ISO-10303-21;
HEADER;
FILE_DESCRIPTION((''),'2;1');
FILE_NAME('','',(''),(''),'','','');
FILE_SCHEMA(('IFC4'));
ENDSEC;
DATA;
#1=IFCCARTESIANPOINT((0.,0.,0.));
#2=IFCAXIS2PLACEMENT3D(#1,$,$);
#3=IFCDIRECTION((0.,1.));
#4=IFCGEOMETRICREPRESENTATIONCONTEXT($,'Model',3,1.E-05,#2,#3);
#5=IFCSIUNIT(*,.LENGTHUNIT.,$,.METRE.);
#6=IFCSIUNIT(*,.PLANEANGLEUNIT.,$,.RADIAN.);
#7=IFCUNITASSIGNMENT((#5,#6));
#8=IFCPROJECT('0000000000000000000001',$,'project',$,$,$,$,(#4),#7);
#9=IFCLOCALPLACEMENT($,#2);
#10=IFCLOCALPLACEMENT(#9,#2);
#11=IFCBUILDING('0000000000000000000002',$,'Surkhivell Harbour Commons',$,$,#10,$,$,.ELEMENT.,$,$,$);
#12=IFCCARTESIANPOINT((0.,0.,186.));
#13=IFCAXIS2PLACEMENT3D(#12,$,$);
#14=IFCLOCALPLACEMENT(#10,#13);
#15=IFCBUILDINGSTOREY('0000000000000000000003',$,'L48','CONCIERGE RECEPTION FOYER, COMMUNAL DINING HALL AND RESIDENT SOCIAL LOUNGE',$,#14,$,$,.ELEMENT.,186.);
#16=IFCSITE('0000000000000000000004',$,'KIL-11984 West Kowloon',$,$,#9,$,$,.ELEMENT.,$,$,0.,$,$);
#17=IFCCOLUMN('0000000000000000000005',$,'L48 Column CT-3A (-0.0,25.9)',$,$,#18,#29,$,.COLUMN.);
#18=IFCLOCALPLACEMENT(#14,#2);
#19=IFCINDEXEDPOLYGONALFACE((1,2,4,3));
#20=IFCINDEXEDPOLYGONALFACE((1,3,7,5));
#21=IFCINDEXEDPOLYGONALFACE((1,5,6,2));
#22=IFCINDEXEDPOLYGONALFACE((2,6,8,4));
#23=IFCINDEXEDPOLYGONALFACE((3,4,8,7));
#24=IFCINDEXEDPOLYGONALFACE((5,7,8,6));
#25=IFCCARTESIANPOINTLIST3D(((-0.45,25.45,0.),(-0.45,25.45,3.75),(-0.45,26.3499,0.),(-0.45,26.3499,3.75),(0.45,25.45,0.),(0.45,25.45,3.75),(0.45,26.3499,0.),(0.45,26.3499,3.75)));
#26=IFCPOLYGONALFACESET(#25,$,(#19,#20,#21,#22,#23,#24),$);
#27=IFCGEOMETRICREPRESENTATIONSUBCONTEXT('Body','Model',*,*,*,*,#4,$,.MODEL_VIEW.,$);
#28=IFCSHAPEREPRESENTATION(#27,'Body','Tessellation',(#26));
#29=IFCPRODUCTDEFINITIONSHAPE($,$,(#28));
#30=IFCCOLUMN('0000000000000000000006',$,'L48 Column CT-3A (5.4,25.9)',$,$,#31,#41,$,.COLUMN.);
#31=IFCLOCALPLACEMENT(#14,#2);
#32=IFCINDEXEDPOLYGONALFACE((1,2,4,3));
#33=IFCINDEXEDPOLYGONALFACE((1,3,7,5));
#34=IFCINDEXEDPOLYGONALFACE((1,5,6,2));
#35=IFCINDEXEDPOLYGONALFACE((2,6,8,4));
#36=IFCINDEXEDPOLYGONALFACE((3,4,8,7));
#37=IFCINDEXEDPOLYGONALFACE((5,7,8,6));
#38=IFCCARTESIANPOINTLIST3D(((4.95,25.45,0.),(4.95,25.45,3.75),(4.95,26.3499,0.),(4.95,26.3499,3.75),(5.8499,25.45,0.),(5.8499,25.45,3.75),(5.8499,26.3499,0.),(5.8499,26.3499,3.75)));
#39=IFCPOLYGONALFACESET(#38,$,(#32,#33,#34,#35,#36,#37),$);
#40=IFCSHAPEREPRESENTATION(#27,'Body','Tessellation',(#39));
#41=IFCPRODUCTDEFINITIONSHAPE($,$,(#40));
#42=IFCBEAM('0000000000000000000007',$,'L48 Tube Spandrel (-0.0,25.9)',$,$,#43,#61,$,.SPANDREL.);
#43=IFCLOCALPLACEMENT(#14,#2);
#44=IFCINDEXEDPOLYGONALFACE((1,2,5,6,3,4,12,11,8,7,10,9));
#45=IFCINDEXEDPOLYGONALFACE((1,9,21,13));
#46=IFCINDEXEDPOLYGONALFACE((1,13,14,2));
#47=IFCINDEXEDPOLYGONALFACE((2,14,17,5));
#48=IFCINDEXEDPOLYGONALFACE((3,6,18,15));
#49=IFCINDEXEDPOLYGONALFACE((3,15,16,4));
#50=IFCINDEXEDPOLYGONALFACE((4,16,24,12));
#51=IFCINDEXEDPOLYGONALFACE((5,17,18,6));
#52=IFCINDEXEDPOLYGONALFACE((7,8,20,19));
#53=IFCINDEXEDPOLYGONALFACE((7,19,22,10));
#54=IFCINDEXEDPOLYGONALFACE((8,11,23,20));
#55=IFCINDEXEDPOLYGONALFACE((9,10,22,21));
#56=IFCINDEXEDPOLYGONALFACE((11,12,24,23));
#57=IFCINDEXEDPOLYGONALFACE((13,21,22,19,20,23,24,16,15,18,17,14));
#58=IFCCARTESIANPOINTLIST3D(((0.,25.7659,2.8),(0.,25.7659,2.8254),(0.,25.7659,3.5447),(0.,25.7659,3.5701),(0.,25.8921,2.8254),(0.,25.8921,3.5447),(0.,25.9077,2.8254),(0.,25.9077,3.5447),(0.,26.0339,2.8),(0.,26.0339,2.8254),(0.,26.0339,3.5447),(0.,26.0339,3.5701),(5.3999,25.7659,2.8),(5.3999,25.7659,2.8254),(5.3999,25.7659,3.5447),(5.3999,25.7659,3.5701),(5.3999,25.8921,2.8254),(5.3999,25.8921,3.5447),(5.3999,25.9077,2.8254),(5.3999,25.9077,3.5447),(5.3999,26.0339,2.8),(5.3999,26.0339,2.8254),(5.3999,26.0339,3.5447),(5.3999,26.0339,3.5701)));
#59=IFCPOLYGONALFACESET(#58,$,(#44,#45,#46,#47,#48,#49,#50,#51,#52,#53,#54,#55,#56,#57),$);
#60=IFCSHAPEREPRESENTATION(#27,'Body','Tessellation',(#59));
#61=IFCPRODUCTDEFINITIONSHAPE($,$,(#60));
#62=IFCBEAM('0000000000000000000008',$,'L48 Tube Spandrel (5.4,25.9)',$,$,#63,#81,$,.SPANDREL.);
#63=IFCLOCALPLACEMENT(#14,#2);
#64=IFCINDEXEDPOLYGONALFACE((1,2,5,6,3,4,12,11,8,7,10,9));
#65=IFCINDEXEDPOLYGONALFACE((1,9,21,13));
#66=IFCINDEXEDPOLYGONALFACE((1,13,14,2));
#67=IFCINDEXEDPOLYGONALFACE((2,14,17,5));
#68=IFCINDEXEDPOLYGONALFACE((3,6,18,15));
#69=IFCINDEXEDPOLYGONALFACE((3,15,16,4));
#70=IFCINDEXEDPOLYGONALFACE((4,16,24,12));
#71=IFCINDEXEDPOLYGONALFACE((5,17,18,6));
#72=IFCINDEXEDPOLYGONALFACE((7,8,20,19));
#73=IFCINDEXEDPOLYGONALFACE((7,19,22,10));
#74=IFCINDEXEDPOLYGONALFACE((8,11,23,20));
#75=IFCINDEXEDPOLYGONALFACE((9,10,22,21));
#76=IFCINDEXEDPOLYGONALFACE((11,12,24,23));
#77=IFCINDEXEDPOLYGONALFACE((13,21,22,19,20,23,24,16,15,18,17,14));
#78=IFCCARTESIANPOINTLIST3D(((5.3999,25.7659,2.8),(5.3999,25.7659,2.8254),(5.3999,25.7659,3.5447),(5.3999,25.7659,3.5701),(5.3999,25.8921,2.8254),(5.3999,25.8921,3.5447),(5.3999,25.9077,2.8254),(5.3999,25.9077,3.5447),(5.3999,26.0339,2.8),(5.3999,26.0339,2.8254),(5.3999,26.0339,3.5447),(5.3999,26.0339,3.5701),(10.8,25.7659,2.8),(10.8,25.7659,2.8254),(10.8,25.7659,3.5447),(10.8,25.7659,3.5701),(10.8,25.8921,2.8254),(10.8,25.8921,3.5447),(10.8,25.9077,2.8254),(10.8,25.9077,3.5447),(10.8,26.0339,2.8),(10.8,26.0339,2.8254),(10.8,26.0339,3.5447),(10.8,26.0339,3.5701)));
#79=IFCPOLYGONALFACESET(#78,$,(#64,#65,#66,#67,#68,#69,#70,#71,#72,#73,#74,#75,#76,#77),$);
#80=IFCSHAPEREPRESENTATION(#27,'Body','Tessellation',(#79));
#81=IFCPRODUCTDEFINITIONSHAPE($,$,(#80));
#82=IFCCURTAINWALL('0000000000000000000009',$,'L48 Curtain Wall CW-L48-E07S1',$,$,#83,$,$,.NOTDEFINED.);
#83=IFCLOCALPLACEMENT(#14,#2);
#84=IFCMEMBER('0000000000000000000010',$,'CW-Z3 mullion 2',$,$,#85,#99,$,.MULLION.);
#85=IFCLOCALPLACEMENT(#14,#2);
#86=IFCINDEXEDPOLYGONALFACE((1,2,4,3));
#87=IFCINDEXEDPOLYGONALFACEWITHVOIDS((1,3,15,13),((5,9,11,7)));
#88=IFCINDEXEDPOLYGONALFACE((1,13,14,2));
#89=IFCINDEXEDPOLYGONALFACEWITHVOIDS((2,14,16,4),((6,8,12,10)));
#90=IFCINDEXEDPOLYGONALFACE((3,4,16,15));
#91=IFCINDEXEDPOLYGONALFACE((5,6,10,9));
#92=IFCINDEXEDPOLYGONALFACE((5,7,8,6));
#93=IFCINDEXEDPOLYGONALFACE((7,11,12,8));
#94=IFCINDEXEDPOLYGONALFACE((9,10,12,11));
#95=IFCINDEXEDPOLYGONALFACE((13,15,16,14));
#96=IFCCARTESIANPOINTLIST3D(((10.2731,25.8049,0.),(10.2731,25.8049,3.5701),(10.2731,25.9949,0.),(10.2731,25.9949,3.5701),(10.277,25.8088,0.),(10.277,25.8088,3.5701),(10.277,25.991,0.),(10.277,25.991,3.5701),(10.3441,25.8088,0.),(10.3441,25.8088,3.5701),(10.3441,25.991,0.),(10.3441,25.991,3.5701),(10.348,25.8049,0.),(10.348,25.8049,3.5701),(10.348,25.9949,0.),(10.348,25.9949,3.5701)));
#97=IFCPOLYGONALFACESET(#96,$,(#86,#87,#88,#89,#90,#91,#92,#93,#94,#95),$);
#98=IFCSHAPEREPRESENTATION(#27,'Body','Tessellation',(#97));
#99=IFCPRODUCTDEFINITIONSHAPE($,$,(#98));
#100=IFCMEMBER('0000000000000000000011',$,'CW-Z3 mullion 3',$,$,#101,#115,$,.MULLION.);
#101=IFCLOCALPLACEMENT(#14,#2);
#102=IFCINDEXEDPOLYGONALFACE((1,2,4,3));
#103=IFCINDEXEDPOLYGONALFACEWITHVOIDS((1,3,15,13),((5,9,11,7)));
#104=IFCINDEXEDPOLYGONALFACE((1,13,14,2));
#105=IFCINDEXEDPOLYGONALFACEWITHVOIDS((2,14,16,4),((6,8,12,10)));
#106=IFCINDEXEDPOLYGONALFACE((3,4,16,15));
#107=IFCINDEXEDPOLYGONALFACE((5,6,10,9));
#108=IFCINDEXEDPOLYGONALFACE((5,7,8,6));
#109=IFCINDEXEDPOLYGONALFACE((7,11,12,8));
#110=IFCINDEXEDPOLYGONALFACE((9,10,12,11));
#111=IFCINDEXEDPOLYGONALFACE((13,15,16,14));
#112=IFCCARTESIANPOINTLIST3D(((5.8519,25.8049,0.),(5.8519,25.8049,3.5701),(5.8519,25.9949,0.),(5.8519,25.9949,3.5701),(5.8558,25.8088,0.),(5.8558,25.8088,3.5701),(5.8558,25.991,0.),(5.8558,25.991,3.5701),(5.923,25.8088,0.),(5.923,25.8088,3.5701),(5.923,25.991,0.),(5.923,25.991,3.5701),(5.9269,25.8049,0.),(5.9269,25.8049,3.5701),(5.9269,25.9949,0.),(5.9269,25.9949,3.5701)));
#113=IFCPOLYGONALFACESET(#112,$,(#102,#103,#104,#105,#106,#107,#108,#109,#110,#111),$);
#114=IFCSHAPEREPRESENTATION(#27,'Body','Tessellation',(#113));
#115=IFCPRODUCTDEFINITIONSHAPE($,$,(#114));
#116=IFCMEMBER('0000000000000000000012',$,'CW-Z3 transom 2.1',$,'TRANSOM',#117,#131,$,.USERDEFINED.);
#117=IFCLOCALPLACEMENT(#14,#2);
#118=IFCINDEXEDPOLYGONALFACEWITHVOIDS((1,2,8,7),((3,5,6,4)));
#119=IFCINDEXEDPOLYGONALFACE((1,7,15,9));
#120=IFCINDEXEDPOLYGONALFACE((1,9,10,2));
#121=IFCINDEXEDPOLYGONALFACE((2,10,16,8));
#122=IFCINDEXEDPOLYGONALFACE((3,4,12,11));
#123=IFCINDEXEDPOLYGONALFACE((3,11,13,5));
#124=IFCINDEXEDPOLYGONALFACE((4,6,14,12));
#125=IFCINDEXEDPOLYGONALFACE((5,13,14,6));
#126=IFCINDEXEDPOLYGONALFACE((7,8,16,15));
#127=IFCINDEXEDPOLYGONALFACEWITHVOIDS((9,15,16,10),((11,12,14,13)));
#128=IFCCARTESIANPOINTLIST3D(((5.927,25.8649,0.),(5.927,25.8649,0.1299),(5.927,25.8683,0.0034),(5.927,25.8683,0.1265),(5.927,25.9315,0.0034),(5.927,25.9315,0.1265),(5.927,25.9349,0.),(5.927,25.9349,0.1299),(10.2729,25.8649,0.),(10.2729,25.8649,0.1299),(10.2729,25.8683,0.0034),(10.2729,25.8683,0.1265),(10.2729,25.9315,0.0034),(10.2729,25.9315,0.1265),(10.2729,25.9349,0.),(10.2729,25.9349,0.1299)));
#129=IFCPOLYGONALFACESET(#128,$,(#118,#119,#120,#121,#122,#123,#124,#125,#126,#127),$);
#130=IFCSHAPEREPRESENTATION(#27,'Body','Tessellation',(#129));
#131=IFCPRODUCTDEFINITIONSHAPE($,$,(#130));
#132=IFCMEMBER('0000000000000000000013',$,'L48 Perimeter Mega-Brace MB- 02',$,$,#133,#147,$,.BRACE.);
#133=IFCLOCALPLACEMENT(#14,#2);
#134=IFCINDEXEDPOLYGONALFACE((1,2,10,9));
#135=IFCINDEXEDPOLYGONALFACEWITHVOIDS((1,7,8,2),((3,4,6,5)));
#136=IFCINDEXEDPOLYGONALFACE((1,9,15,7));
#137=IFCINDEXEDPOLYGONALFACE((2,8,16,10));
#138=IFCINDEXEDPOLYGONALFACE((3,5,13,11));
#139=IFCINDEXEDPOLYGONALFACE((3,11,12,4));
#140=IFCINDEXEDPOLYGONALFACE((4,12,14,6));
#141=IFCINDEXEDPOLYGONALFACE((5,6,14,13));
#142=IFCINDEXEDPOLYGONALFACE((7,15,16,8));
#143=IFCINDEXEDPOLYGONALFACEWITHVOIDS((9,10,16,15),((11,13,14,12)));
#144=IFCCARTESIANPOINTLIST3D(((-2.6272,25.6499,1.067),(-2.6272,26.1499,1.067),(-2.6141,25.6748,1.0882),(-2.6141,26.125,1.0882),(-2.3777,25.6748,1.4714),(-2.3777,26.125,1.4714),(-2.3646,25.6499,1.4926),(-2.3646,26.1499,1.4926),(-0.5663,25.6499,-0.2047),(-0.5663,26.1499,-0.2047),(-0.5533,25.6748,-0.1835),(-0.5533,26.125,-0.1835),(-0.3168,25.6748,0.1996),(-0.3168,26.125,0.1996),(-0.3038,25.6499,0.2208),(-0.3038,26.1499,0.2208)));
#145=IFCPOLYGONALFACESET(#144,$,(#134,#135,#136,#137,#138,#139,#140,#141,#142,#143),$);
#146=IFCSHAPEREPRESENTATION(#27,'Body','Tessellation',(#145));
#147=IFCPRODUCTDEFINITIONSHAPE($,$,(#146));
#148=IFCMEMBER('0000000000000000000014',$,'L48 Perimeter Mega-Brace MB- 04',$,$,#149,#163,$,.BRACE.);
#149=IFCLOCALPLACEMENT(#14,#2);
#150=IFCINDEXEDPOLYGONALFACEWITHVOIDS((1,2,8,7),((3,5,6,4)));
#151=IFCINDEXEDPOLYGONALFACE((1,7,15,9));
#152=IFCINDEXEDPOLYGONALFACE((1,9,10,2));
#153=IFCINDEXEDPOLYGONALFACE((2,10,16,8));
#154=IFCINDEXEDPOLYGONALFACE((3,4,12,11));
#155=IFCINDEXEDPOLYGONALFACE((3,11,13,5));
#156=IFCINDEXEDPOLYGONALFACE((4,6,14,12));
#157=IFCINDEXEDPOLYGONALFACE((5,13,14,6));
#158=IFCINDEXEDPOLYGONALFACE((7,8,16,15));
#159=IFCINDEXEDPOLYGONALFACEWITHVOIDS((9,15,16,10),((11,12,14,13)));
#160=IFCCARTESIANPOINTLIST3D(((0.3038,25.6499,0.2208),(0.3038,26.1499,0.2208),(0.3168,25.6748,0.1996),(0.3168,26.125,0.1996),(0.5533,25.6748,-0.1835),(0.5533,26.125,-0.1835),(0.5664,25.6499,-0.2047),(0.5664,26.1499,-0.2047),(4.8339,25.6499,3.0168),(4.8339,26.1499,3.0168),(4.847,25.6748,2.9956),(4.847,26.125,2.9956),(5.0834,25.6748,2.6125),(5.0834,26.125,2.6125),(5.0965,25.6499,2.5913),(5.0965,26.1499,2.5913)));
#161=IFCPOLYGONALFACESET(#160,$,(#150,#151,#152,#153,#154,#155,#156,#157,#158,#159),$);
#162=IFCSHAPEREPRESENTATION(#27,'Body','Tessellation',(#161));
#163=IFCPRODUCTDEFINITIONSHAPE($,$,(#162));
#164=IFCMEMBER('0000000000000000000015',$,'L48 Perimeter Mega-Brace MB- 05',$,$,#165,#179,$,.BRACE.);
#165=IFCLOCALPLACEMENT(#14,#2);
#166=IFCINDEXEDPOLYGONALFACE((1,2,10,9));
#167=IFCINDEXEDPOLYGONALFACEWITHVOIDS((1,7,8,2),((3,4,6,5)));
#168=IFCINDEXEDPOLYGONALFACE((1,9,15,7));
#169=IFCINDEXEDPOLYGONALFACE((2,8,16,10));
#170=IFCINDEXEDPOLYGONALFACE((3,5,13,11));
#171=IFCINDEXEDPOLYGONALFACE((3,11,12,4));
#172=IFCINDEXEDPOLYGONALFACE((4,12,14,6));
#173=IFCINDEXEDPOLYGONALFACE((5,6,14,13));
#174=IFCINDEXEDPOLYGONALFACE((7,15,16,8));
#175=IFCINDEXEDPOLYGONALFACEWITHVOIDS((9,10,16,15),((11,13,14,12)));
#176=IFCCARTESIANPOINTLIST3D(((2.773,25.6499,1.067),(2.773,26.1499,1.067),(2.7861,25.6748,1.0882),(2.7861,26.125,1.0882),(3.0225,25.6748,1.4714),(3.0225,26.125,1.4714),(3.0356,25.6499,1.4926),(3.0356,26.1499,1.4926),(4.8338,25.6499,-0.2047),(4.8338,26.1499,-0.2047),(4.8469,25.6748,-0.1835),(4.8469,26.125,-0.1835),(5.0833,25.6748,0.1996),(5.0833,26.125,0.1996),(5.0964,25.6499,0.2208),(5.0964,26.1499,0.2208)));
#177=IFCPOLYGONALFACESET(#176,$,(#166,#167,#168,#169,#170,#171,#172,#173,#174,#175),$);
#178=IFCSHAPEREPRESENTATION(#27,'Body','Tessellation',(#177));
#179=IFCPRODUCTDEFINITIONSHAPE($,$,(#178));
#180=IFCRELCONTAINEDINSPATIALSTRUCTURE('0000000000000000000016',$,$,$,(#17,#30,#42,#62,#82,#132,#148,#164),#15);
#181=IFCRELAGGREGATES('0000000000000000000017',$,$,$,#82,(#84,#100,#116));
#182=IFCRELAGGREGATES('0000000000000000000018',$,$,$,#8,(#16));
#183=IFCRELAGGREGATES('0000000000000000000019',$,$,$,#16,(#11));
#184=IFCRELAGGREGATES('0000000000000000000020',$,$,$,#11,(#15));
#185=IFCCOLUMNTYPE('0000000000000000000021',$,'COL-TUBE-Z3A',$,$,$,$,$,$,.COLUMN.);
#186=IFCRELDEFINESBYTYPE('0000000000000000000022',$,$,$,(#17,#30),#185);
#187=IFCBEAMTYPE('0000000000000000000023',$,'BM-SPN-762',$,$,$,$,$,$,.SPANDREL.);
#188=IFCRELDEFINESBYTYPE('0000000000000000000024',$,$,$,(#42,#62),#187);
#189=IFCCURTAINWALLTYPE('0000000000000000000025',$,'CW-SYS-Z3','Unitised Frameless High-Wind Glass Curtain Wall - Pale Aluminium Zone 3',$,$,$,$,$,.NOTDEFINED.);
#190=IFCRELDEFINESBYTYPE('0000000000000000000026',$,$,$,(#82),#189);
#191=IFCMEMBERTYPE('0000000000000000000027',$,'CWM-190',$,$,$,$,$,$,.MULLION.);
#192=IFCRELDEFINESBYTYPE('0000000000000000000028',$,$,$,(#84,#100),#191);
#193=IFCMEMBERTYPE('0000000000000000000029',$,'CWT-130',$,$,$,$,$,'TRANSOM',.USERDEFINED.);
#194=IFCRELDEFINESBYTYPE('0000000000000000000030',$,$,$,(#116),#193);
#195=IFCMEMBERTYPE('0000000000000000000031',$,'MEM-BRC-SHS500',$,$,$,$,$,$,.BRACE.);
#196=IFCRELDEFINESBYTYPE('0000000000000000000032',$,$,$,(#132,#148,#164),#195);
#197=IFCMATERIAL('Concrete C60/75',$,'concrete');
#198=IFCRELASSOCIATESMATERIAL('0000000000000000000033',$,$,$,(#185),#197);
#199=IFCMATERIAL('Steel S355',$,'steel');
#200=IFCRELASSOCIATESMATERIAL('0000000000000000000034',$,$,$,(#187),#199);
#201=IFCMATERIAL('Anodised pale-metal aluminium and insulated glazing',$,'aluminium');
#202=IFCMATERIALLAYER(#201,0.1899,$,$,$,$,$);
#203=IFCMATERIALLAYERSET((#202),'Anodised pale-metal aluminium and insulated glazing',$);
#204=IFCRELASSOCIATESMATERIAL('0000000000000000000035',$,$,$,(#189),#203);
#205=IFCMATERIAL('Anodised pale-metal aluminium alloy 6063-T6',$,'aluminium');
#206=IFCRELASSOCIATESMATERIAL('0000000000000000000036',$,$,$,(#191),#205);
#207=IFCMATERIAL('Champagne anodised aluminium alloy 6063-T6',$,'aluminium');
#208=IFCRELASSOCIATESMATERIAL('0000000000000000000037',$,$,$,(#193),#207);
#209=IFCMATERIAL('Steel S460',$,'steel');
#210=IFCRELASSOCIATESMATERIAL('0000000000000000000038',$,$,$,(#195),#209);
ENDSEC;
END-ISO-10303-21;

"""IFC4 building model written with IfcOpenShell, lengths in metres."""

from ifc_helpers import new_model, si_unit, direction, frame, origin, origin_2d, place, context, subcontext, project, spatial, rectangle, hollow_rectangle, i_section, extrude, material, layer, layer_set, material_profile, profile_set, type_object, element, aggregate, save


model = new_model("IFC4")

# Units and contexts
model_context = context("Model", 3, precision=1e-05, world=origin(), true_north=direction((0.0, 1.0)))
body_context = subcontext(model_context, "Body", "Model", "MODEL_VIEW")
ifc_project = project(units=[si_unit("LENGTHUNIT", "METRE"), si_unit("PLANEANGLEUNIT", "RADIAN")], contexts=[model_context])

# Site, building, storey
site_placement = place(None, origin())
site = spatial("IfcSite", under=ifc_project, at=site_placement, Name="KIL-11984 West Kowloon", CompositionType="ELEMENT", RefElevation=0.0)
building_placement = place(site_placement, origin())
building = spatial("IfcBuilding", under=site, at=building_placement, Name="Surkhivell Harbour Commons", CompositionType="ELEMENT")
storey_placement = place(building_placement, frame((0.0, 0.0, 186.0)))
storey = spatial("IfcBuildingStorey", under=building, at=storey_placement, Name="L48", Description="CONCIERGE RECEPTION FOYER, COMMUNAL DINING HALL AND RESIDENT SOCIAL LOUNGE", CompositionType="ELEMENT", Elevation=186.0)

# Columns
ifc_material_1 = material(Name="Concrete C60/75", Category="concrete")
ifc_material_profile_1 = material_profile(ifc_material_1, rectangle(XDim=0.8999, YDim=0.8999, at=origin_2d()), Name="RC-COL-900x900")
ifc_profile_set_1 = profile_set([ifc_material_profile_1], Name="Concrete C60/75")
column_type = type_object("IfcColumnType", Name="COL-TUBE-Z3A", PredefinedType="COLUMN", material=ifc_profile_set_1)
for number, where, z_axis, x_axis, name in (
    (1, (0.0, 25.8999, 0.0), (0.0, 0.0, 1.0), (1.0, 0.0, 0.0), "L48 Column CT-3A (-0.0,25.9)"),
    (2, (5.3999, 25.8999, 0.0), (0.0, 0.0, 1.0), (1.0, 0.0, 0.0), "L48 Column CT-3A (5.4,25.9)"),
):
    element("IfcColumn", number, at=place(storey_placement, frame(where, z_axis=z_axis, x_axis=x_axis)), inside=storey, type_object=column_type, Name=name, PredefinedType="COLUMN", context=body_context, shape_type="SweptSolid", body=[
        extrude(rectangle(XDim=0.8999, YDim=0.8999, at=origin_2d()), origin(), (0.0, 0.0, 1.0), 3.75),
    ])

# Beams
ifc_material_2 = material(Name="Steel S355", Category="steel")
ifc_material_profile_2 = material_profile(ifc_material_2, i_section(OverallWidth=0.2681, OverallDepth=0.77, WebThickness=0.0156, FlangeThickness=0.0254, at=origin_2d()), Name="UB762x267x197")
ifc_profile_set_2 = profile_set([ifc_material_profile_2], Name="Steel S355")
beam_type = type_object("IfcBeamType", Name="BM-SPN-762", PredefinedType="SPANDREL", material=ifc_profile_set_2)
beam_1_placement = place(storey_placement, frame((0.0, 25.8999, 3.1851), z_axis=(1.0, 0.0, 0.0), x_axis=(0.0, 1.0, 0.0)))
element("IfcBeam", 3, at=beam_1_placement, inside=storey, type_object=beam_type, Name="L48 Tube Spandrel (-0.0,25.9)", PredefinedType="SPANDREL", context=body_context, shape_type="SweptSolid", body=[
    extrude(i_section(OverallWidth=0.2681, OverallDepth=0.77, WebThickness=0.0156, FlangeThickness=0.0254, at=origin_2d()), origin(), (0.0, 0.0, 1.0), 5.3999),
])
beam_2_placement = place(storey_placement, frame((5.3999, 25.8999, 3.1851), z_axis=(1.0, 0.0, 0.0), x_axis=(0.0, 1.0, 0.0)))
element("IfcBeam", 4, at=beam_2_placement, inside=storey, type_object=beam_type, Name="L48 Tube Spandrel (5.4,25.9)", PredefinedType="SPANDREL", context=body_context, shape_type="SweptSolid", body=[
    extrude(i_section(OverallWidth=0.2681, OverallDepth=0.77, WebThickness=0.0156, FlangeThickness=0.0254, at=origin_2d()), origin(), (0.0, 0.0, 1.0), 5.4001),
])

# Curtain wall, members
ifc_material_3 = material(Name="Anodised pale-metal aluminium and insulated glazing", Category="aluminium")
ifc_layer_1 = layer(ifc_material_3, 0.1899)
ifc_layer_set_1 = layer_set([ifc_layer_1], Name="Anodised pale-metal aluminium and insulated glazing")
curtain_wall_type = type_object("IfcCurtainWallType", Name="CW-SYS-Z3", Description="Unitised Frameless High-Wind Glass Curtain Wall - Pale Aluminium Zone 3", PredefinedType="NOTDEFINED", material=ifc_layer_set_1)
curtain_wall_placement = place(storey_placement, origin())
curtain_wall = element("IfcCurtainWall", 5, at=curtain_wall_placement, inside=storey, type_object=curtain_wall_type, Name="L48 Curtain Wall CW-L48-E07S1", PredefinedType="NOTDEFINED")
ifc_material_4 = material(Name="Anodised pale-metal aluminium alloy 6063-T6", Category="aluminium")
ifc_material_profile_3 = material_profile(ifc_material_4, hollow_rectangle(XDim=0.075, YDim=0.1899, WallThickness=0.0039, at=origin_2d()), Name="ALU-MULL-75x190")
ifc_profile_set_3 = profile_set([ifc_material_profile_3], Name="Anodised pale-metal aluminium alloy 6063-T6")
member_type_1 = type_object("IfcMemberType", Name="CWM-190", PredefinedType="MULLION", material=ifc_profile_set_3)
member_1_placement = place(storey_placement, frame((10.3105, 25.8999, 0.0), z_axis=(0.0, 0.0, 1.0), x_axis=(-1.0, 0.0, 0.0)))
member_1 = element("IfcMember", 6, at=member_1_placement, type_object=member_type_1, Name="CW-Z3 mullion 2", PredefinedType="MULLION", context=body_context, shape_type="SweptSolid", body=[
    extrude(hollow_rectangle(XDim=0.075, YDim=0.1899, WallThickness=0.0039, at=origin_2d()), origin(), (0.0, 0.0, 1.0), 3.5701),
])
member_2_placement = place(storey_placement, frame((5.8894, 25.8999, 0.0), z_axis=(0.0, 0.0, 1.0), x_axis=(-1.0, 0.0, 0.0)))
member_2 = element("IfcMember", 7, at=member_2_placement, type_object=member_type_1, Name="CW-Z3 mullion 3", PredefinedType="MULLION", context=body_context, shape_type="SweptSolid", body=[
    extrude(hollow_rectangle(XDim=0.075, YDim=0.1899, WallThickness=0.0039, at=origin_2d()), origin(), (0.0, 0.0, 1.0), 3.5701),
])
ifc_material_5 = material(Name="Champagne anodised aluminium alloy 6063-T6", Category="aluminium")
ifc_material_profile_4 = material_profile(ifc_material_5, hollow_rectangle(XDim=0.0701, YDim=0.1299, WallThickness=0.0034, at=origin_2d()), Name="ALU-TRAN-70x130")
ifc_profile_set_4 = profile_set([ifc_material_profile_4], Name="Champagne anodised aluminium alloy 6063-T6")
member_type_2 = type_object("IfcMemberType", Name="CWT-130", ElementType="TRANSOM", PredefinedType="USERDEFINED", material=ifc_profile_set_4)
member_3_placement = place(storey_placement, frame((10.2729, 25.8999, 0.0649), z_axis=(-1.0, 0.0, 0.0), x_axis=(0.0, -1.0, 0.0)))
member_3 = element("IfcMember", 8, at=member_3_placement, type_object=member_type_2, Name="CW-Z3 transom 2.1", ObjectType="TRANSOM", PredefinedType="USERDEFINED", context=body_context, shape_type="SweptSolid", body=[
    extrude(hollow_rectangle(XDim=0.0701, YDim=0.1299, WallThickness=0.0034, at=origin_2d()), origin(), (0.0, 0.0, 1.0), 4.3459),
])

# Members
ifc_material_6 = material(Name="Steel S460", Category="steel")
ifc_material_profile_5 = material_profile(ifc_material_6, hollow_rectangle(XDim=0.5, YDim=0.5, WallThickness=0.0249, at=origin_2d()), Name="SHS500x500x25")
ifc_profile_set_5 = profile_set([ifc_material_profile_5], Name="Steel S460")
member_type_3 = type_object("IfcMemberType", Name="MEM-BRC-SHS500", PredefinedType="BRACE", material=ifc_profile_set_5)
member_4_placement = place(storey_placement, frame((-0.4351, 25.8999, 0.0081), z_axis=(-0.851003, 0.0, 0.52516), x_axis=(0.0, -1.0, 0.0)))
element("IfcMember", 9, at=member_4_placement, inside=storey, type_object=member_type_3, Name="L48 Perimeter Mega-Brace MB- 02", PredefinedType="BRACE", context=body_context, shape_type="SweptSolid", body=[
    extrude(hollow_rectangle(XDim=0.5, YDim=0.5, WallThickness=0.0249, at=origin_2d()), origin(), (0.0, 0.0, 1.0), 2.4216),
])
member_5_placement = place(storey_placement, frame((0.4351, 25.8999, 0.0081), z_axis=(0.850971, 0.0, 0.525213), x_axis=(0.0, 1.0, 0.0)))
element("IfcMember", 10, at=member_5_placement, inside=storey, type_object=member_type_3, Name="L48 Perimeter Mega-Brace MB- 04", PredefinedType="BRACE", context=body_context, shape_type="SweptSolid", body=[
    extrude(hollow_rectangle(XDim=0.5, YDim=0.5, WallThickness=0.0249, at=origin_2d()), origin(), (0.0, 0.0, 1.0), 5.3235),
])
for number, where, z_axis, x_axis, name in (
    (11, (4.9651, 25.8999, 0.0081), (-0.851003, 0.0, 0.52516), (0.0, -1.0, 0.0), "L48 Perimeter Mega-Brace MB- 05"),
):
    element("IfcMember", number, at=place(storey_placement, frame(where, z_axis=z_axis, x_axis=x_axis)), inside=storey, type_object=member_type_3, Name=name, PredefinedType="BRACE", context=body_context, shape_type="SweptSolid", body=[
        extrude(hollow_rectangle(XDim=0.5, YDim=0.5, WallThickness=0.0249, at=origin_2d()), origin(), (0.0, 0.0, 1.0), 2.4216),
    ])

aggregate(curtain_wall, [member_1, member_2, member_3])

save(model, "model.ifc")
